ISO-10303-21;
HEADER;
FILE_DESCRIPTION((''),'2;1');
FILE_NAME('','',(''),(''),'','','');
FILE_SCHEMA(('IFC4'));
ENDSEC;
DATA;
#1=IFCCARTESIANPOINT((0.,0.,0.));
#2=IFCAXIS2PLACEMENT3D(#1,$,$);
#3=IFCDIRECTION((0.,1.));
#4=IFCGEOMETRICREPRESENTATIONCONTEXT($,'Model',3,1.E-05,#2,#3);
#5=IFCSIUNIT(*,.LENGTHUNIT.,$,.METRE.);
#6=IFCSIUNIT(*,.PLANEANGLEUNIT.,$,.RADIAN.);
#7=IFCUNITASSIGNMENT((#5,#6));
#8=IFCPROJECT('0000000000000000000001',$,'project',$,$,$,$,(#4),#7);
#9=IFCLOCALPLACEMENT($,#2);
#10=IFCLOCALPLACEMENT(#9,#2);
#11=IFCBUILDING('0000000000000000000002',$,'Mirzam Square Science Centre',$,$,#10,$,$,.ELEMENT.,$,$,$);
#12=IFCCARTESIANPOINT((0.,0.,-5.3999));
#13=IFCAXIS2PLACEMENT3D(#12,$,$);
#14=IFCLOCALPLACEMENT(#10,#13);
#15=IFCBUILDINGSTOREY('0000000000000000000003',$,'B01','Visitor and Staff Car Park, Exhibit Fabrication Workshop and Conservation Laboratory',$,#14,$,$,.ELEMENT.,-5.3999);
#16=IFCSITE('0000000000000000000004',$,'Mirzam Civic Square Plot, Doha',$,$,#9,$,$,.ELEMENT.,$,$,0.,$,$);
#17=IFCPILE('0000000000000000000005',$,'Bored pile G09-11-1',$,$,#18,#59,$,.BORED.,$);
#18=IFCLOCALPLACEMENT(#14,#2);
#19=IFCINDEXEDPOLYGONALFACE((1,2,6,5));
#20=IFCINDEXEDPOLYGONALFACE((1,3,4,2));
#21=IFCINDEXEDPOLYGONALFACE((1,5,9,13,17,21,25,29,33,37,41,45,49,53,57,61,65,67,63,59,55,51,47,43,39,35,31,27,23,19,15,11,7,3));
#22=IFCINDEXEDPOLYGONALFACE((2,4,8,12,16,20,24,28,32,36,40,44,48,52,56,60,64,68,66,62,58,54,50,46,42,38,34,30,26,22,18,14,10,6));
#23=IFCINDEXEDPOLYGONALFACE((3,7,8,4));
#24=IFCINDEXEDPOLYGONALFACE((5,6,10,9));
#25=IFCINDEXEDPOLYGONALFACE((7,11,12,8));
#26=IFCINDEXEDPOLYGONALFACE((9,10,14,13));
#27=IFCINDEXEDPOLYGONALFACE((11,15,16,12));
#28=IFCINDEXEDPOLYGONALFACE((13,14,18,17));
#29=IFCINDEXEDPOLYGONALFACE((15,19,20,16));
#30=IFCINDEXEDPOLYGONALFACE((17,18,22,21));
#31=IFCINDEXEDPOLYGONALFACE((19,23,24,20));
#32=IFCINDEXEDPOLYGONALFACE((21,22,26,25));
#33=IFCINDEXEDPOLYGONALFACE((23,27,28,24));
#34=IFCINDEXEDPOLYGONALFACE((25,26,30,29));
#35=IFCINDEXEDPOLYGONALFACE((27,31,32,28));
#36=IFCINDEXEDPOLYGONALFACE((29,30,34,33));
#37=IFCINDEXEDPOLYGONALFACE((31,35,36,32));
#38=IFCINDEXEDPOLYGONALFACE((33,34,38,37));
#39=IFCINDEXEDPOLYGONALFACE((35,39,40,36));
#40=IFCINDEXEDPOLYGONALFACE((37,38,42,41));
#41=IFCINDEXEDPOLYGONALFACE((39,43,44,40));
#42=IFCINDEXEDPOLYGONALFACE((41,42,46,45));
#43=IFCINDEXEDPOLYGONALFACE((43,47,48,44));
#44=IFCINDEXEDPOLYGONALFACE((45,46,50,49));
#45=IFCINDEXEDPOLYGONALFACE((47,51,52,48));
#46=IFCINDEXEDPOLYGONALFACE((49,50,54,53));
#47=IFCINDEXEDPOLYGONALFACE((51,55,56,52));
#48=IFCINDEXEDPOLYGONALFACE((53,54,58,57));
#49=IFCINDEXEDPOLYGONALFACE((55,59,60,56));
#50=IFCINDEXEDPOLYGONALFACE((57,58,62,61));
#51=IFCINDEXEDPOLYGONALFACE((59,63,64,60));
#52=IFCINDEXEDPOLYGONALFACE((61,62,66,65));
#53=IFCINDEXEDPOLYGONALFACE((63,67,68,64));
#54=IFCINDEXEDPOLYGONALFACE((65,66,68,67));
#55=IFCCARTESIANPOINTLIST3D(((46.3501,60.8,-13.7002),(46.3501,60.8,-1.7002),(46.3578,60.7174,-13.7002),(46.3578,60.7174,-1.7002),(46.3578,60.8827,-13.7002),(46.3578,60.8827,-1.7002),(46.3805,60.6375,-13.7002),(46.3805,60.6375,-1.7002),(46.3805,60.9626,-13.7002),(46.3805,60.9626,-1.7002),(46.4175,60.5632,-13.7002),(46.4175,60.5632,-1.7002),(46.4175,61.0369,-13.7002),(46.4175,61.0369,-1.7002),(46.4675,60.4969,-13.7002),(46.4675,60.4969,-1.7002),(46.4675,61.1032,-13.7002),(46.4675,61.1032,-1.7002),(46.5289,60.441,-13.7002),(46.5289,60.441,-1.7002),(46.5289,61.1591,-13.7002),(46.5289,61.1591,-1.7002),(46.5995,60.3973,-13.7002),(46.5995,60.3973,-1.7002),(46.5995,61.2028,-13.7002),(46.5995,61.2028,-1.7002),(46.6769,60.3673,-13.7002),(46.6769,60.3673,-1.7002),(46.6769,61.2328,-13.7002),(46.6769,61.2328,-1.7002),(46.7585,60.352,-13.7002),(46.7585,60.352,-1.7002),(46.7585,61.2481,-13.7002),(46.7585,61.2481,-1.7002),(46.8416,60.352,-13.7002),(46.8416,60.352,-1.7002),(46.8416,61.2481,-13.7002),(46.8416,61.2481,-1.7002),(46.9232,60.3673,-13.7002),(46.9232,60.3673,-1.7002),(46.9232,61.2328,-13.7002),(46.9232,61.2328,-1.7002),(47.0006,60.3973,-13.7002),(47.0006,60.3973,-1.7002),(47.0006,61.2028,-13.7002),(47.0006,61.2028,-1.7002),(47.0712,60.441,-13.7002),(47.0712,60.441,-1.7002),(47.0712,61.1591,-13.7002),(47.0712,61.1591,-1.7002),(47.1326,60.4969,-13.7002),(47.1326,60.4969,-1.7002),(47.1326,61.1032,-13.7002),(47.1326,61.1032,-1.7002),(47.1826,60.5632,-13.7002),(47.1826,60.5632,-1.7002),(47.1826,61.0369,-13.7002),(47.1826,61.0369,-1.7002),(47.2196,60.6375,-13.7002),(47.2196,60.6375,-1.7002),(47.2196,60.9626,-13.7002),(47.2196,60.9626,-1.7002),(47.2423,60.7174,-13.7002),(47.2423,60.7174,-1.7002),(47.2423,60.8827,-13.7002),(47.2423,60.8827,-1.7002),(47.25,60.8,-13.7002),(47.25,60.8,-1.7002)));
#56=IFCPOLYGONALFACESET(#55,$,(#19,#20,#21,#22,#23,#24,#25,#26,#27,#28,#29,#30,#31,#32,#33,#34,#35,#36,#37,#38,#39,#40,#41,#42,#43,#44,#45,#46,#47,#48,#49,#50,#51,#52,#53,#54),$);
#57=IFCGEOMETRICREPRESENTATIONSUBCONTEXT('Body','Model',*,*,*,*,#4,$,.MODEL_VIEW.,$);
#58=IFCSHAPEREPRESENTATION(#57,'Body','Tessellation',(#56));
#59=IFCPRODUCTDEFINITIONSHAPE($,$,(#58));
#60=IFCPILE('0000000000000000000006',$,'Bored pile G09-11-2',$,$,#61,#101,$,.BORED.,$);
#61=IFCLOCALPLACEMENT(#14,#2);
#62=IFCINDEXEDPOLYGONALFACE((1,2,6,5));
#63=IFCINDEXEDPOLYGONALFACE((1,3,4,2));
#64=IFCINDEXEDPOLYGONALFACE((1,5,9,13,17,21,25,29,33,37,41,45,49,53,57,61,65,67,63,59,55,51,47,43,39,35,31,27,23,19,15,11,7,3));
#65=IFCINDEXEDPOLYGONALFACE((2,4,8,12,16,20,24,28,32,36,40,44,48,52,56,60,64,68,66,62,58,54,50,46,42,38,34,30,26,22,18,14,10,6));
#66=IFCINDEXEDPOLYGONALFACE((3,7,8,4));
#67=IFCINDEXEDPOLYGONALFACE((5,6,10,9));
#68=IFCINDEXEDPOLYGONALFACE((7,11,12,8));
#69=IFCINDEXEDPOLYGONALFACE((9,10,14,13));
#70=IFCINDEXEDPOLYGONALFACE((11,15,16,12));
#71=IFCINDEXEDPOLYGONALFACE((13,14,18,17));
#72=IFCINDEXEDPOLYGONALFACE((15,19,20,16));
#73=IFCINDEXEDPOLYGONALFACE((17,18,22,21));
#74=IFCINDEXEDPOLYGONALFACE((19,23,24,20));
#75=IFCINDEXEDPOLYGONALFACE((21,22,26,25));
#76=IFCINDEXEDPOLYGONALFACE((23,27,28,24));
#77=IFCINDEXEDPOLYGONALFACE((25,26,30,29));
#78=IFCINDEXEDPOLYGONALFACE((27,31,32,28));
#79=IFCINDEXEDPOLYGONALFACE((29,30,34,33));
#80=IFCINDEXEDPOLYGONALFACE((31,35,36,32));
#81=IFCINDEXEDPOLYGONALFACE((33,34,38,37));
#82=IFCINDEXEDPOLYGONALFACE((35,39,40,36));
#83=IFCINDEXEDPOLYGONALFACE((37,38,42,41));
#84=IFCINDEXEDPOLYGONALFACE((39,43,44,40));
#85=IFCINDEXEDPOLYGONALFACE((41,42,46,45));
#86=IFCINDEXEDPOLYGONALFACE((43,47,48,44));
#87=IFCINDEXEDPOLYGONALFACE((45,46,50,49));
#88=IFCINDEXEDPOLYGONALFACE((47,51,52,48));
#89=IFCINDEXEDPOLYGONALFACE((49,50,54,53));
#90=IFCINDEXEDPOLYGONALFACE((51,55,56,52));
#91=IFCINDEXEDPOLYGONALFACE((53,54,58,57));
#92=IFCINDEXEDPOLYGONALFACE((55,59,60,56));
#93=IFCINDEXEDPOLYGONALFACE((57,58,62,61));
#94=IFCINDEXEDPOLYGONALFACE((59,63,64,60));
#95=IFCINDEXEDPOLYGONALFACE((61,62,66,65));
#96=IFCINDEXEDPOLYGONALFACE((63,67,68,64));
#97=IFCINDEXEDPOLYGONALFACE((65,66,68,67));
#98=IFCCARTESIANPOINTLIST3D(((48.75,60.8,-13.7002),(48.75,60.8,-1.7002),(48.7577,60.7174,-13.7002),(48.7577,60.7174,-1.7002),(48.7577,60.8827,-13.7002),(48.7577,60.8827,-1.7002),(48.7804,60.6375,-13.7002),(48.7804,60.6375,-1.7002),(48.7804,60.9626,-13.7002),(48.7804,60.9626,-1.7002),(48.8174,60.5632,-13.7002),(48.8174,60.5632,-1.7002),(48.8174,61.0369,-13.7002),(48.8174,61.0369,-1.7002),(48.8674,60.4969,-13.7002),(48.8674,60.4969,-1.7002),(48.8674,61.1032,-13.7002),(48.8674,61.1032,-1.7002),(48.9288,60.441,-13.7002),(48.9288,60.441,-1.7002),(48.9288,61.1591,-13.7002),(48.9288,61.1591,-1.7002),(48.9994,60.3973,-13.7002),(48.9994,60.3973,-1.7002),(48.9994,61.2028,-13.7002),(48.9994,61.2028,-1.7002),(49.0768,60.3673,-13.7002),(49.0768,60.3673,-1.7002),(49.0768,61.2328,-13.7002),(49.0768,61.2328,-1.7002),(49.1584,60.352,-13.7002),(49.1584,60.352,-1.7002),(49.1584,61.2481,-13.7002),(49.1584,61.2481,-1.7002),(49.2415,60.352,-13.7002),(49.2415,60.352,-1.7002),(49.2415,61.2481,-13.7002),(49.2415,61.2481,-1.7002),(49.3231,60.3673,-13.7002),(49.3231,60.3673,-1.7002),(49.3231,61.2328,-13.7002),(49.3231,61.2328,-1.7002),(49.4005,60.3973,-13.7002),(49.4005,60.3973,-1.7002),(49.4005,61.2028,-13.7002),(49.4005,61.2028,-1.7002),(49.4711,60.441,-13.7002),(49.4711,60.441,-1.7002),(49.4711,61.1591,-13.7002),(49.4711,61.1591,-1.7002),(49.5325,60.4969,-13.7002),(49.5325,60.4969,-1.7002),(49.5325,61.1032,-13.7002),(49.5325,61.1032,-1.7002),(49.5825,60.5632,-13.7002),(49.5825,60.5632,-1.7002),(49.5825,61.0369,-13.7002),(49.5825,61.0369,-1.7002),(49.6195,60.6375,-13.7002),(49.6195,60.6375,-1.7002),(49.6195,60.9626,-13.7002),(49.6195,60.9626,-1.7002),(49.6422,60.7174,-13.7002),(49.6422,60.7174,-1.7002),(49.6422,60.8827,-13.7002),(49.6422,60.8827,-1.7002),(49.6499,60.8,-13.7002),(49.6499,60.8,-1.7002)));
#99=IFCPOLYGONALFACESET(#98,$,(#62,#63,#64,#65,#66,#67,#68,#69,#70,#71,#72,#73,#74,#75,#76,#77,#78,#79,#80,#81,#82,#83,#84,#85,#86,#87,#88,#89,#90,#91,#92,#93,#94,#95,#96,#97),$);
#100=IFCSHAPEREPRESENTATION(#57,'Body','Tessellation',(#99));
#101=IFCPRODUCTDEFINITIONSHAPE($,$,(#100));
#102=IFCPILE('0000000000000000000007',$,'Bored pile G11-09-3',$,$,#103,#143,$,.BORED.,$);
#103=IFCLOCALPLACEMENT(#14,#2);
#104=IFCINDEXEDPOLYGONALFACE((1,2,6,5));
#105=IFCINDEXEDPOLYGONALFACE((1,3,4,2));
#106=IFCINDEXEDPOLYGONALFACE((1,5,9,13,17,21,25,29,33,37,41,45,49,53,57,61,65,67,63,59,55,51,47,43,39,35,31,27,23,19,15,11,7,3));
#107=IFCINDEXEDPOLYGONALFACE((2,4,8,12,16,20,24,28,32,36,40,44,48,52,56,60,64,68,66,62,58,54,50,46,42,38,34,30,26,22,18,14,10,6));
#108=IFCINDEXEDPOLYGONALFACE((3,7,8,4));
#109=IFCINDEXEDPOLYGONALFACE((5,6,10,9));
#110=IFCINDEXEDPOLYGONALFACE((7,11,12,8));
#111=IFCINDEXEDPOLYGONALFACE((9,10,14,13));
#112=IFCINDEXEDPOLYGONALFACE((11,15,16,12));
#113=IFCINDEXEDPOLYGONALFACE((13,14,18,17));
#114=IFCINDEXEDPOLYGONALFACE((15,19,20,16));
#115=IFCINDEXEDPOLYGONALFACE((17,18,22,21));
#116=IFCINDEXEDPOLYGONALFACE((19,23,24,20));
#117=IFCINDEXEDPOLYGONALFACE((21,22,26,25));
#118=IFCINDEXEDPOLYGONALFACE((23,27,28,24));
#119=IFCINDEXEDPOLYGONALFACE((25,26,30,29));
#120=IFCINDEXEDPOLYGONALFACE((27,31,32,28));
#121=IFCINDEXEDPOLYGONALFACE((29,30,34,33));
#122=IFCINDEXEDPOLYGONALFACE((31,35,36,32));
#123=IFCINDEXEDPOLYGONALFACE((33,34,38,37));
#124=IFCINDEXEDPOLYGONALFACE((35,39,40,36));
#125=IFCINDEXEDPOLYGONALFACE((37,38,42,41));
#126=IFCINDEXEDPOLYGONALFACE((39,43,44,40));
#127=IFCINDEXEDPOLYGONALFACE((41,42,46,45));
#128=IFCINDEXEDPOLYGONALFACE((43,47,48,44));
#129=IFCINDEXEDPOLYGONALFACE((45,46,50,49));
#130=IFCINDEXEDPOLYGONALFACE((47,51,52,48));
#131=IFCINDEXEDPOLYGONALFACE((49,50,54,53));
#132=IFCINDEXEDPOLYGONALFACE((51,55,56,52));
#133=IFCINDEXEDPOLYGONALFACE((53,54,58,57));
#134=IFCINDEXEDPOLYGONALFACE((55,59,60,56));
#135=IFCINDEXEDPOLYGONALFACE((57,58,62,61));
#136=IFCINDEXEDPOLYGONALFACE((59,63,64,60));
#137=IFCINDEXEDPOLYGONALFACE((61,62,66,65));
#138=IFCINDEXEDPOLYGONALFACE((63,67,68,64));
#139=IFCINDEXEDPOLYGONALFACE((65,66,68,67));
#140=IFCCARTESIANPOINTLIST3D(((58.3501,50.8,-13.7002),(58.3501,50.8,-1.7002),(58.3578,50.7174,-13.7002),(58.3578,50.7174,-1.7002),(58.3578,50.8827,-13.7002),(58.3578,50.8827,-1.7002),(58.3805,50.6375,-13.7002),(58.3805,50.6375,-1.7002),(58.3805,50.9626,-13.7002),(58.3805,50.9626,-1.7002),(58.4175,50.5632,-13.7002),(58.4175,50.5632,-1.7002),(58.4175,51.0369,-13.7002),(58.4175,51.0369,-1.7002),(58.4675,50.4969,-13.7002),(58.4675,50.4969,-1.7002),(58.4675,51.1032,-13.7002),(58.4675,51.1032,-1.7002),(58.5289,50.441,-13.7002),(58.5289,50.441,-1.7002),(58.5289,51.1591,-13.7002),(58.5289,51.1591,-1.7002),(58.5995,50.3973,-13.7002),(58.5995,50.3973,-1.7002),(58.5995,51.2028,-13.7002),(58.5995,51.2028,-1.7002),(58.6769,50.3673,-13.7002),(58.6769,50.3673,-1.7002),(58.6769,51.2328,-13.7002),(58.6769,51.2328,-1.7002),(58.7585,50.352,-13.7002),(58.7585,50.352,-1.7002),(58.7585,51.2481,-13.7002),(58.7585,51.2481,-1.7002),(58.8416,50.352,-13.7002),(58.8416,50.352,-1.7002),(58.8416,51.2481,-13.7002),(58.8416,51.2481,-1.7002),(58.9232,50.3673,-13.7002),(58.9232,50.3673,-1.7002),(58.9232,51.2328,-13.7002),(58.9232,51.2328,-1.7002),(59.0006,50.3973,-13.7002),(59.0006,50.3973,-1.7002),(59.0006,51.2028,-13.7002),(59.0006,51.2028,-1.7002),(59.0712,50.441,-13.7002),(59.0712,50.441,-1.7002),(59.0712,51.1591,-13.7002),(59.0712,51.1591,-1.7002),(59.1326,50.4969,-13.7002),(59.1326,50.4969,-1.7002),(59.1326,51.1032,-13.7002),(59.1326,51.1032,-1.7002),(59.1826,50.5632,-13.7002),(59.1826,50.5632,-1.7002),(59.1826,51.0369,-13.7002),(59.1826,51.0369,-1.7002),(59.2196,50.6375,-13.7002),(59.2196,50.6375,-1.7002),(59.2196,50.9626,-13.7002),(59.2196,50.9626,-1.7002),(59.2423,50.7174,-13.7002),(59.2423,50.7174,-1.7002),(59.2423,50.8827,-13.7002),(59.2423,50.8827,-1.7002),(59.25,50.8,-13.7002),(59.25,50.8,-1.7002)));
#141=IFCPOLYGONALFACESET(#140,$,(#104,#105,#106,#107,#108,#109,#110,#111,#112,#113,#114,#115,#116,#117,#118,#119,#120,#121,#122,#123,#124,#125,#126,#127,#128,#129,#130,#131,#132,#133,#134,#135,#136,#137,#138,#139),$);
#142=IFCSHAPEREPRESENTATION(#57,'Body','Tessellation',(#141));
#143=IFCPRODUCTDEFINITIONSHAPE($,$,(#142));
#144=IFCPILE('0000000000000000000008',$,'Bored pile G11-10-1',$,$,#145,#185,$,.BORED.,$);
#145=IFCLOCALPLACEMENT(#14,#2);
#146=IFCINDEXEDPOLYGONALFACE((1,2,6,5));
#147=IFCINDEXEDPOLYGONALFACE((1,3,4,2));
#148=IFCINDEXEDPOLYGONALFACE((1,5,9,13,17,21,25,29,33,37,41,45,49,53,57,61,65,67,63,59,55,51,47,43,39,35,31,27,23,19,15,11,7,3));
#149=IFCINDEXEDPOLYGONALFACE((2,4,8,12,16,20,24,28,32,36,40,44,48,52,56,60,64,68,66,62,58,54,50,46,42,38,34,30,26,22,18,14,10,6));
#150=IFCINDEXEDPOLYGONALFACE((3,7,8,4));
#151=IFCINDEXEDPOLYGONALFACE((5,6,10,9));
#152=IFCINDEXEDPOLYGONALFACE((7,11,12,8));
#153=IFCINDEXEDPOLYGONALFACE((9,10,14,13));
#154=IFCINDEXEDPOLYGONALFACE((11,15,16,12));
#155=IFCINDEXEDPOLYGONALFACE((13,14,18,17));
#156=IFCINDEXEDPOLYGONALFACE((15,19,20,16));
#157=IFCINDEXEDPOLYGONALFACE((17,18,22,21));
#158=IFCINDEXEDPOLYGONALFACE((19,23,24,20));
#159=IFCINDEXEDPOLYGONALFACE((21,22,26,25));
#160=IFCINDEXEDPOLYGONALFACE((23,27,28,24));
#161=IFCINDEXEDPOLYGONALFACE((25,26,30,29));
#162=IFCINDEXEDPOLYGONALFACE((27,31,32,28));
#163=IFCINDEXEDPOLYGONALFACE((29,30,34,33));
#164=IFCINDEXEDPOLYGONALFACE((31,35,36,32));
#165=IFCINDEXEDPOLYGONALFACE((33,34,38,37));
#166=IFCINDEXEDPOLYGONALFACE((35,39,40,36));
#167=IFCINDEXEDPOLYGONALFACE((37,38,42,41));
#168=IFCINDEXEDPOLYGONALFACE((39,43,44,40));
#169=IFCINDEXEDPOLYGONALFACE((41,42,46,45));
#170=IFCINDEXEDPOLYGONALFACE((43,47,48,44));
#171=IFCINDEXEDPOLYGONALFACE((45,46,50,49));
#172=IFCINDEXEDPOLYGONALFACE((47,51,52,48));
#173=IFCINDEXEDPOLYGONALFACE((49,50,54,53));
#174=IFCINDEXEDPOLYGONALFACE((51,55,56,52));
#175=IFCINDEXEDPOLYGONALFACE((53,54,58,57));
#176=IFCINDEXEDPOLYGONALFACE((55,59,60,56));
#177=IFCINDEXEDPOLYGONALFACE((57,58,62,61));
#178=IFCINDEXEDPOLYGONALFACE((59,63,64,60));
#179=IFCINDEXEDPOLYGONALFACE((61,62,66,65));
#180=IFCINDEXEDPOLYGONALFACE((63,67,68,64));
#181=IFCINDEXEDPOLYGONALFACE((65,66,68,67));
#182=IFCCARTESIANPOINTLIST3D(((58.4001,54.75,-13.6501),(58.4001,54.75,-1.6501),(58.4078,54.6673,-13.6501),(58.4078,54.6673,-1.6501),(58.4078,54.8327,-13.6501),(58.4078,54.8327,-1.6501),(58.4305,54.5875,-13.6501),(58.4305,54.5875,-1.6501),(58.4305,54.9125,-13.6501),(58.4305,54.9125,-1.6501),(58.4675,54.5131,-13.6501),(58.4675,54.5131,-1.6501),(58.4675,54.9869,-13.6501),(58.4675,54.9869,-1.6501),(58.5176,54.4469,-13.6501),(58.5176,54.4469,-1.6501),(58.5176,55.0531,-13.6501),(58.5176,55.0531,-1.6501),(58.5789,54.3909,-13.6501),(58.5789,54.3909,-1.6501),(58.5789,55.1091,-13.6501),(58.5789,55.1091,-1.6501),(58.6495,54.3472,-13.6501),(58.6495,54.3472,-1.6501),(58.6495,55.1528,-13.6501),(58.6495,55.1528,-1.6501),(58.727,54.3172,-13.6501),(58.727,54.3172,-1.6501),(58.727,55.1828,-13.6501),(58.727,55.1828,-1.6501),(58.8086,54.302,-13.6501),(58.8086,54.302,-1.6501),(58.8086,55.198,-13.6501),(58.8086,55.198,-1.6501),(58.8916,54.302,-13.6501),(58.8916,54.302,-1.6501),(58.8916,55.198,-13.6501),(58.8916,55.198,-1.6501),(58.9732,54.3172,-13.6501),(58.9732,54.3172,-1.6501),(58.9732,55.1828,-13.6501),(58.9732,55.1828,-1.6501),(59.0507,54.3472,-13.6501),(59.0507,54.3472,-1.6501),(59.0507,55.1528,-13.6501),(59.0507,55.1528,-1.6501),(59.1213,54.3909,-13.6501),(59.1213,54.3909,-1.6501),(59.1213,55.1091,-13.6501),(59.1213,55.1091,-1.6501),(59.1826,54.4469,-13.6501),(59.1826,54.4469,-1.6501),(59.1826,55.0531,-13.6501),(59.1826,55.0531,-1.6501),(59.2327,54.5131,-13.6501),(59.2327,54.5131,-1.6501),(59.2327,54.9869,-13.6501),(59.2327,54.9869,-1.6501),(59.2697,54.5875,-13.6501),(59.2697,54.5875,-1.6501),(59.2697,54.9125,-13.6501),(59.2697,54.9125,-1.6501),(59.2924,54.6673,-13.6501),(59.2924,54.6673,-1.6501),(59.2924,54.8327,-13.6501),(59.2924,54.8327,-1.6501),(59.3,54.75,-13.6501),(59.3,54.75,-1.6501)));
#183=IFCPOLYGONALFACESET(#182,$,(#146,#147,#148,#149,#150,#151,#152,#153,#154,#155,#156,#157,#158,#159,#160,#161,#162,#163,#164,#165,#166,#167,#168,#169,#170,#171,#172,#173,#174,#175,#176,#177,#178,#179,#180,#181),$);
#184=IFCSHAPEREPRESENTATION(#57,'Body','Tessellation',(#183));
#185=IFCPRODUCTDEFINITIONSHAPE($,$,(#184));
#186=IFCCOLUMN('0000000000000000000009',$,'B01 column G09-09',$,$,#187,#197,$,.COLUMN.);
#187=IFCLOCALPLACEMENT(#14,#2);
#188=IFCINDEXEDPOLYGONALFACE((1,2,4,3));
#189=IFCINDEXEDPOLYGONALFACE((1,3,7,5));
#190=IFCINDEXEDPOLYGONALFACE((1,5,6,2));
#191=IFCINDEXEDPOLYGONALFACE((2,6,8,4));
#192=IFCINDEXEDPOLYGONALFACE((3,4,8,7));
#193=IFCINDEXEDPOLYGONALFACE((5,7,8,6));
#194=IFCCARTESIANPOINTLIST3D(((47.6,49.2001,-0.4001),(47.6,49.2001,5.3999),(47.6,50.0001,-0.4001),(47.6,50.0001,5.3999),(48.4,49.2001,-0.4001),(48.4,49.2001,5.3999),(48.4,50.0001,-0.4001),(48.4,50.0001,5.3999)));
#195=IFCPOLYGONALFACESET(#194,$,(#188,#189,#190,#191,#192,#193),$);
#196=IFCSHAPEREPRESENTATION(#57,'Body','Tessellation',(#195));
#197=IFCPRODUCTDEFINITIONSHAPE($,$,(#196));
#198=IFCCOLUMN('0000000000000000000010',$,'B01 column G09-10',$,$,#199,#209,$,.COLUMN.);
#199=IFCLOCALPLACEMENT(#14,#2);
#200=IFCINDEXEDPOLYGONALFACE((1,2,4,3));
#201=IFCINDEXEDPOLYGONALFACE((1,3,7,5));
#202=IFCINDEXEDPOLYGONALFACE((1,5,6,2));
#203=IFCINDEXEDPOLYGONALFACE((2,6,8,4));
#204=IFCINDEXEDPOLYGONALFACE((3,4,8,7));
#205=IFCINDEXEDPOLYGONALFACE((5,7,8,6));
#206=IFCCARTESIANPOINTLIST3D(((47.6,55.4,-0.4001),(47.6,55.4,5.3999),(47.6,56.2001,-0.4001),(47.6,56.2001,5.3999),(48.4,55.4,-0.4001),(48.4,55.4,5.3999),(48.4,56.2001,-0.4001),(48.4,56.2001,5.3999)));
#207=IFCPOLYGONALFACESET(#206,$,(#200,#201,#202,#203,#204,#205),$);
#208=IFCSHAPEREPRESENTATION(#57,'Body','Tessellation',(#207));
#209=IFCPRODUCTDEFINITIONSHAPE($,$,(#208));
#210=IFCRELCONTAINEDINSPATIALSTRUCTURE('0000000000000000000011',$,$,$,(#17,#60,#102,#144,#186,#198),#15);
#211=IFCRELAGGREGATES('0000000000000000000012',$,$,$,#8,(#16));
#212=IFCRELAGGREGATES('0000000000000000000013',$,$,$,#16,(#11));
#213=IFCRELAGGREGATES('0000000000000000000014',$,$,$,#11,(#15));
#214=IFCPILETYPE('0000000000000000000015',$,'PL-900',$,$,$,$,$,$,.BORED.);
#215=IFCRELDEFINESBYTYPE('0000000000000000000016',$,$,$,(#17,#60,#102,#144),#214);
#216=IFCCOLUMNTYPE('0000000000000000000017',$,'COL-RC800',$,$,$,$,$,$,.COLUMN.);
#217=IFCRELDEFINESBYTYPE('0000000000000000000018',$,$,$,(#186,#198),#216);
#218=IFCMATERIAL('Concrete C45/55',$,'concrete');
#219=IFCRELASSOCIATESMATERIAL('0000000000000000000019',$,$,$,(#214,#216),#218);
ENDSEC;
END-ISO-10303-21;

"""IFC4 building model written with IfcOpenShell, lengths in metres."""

from ifc_helpers import new_model, si_unit, direction, frame, origin, origin_2d, place, context, subcontext, project, spatial, rectangle, circle, extrude, material, material_profile, profile_set, type_object, element, save


model = new_model("IFC4")

# Units and contexts
model_context = context("Model", 3, precision=1e-05, world=origin(), true_north=direction((0.0, 1.0)))
body_context = subcontext(model_context, "Body", "Model", "MODEL_VIEW")
ifc_project = project(units=[si_unit("LENGTHUNIT", "METRE"), si_unit("PLANEANGLEUNIT", "RADIAN")], contexts=[model_context])

# Site, building, storey
site_placement = place(None, origin())
site = spatial("IfcSite", under=ifc_project, at=site_placement, Name="Mirzam Civic Square Plot, Doha", CompositionType="ELEMENT", RefElevation=0.0)
building_placement = place(site_placement, origin())
building = spatial("IfcBuilding", under=site, at=building_placement, Name="Mirzam Square Science Centre", CompositionType="ELEMENT")
storey_placement = place(building_placement, frame((0.0, 0.0, -5.3999)))
storey = spatial("IfcBuildingStorey", under=building, at=storey_placement, Name="B01", Description="Visitor and Staff Car Park, Exhibit Fabrication Workshop and Conservation Laboratory", CompositionType="ELEMENT", Elevation=-5.3999)

# Piles
ifc_material_1 = material(Name="Concrete C45/55", Category="concrete")
ifc_material_profile_1 = material_profile(ifc_material_1, circle(Radius=0.45, at=origin_2d()), Name="PILE-D900")
ifc_profile_set_1 = profile_set([ifc_material_profile_1], Name="Concrete C45/55")
pile_type_1 = type_object("IfcPileType", Name="PL-900", PredefinedType="BORED", material=ifc_profile_set_1)
for number, where, z_axis, x_axis, name in (
    (1, (46.8, 60.8, -1.7002), (0.0, 0.0, -1.0), (1.0, 0.0, 0.0), "Bored pile G09-11-1"),
    (2, (49.2, 60.8, -1.7002), (0.0, 0.0, -1.0), (1.0, 0.0, 0.0), "Bored pile G09-11-2"),
    (3, (58.8, 50.8, -1.7002), (0.0, 0.0, -1.0), (1.0, 0.0, 0.0), "Bored pile G11-09-3"),
    (4, (58.8501, 54.75, -1.6501), (0.0, 0.0, -1.0), (1.0, 0.0, 0.0), "Bored pile G11-10-1"),
):
    element("IfcPile", number, at=place(storey_placement, frame(where, z_axis=z_axis, x_axis=x_axis)), inside=storey, type_object=pile_type_1, Name=name, PredefinedType="BORED", context=body_context, shape_type="SweptSolid", body=[
        extrude(circle(Radius=0.45, at=origin_2d()), origin(), (0.0, 0.0, 1.0), 12.0),
    ])

# Columns
ifc_material_profile_2 = material_profile(ifc_material_1, rectangle(XDim=0.8, YDim=0.8, at=origin_2d()), Name="RC800x800")
ifc_profile_set_2 = profile_set([ifc_material_profile_2], Name="Concrete C45/55")
column_type = type_object("IfcColumnType", Name="COL-RC800", PredefinedType="COLUMN", material=ifc_profile_set_2)
for number, where, z_axis, x_axis, name in (
    (5, (48.0, 49.6001, -0.4001), (0.0, 0.0, 1.0), (1.0, 0.0, 0.0), "B01 column G09-09"),
    (6, (48.0, 55.8, -0.4001), (0.0, 0.0, 1.0), (1.0, 0.0, 0.0), "B01 column G09-10"),
):
    element("IfcColumn", number, at=place(storey_placement, frame(where, z_axis=z_axis, x_axis=x_axis)), inside=storey, type_object=column_type, Name=name, PredefinedType="COLUMN", context=body_context, shape_type="SweptSolid", body=[
        extrude(rectangle(XDim=0.8, YDim=0.8, at=origin_2d()), origin(), (0.0, 0.0, 1.0), 5.8),
    ])

save(model, "model.ifc")
